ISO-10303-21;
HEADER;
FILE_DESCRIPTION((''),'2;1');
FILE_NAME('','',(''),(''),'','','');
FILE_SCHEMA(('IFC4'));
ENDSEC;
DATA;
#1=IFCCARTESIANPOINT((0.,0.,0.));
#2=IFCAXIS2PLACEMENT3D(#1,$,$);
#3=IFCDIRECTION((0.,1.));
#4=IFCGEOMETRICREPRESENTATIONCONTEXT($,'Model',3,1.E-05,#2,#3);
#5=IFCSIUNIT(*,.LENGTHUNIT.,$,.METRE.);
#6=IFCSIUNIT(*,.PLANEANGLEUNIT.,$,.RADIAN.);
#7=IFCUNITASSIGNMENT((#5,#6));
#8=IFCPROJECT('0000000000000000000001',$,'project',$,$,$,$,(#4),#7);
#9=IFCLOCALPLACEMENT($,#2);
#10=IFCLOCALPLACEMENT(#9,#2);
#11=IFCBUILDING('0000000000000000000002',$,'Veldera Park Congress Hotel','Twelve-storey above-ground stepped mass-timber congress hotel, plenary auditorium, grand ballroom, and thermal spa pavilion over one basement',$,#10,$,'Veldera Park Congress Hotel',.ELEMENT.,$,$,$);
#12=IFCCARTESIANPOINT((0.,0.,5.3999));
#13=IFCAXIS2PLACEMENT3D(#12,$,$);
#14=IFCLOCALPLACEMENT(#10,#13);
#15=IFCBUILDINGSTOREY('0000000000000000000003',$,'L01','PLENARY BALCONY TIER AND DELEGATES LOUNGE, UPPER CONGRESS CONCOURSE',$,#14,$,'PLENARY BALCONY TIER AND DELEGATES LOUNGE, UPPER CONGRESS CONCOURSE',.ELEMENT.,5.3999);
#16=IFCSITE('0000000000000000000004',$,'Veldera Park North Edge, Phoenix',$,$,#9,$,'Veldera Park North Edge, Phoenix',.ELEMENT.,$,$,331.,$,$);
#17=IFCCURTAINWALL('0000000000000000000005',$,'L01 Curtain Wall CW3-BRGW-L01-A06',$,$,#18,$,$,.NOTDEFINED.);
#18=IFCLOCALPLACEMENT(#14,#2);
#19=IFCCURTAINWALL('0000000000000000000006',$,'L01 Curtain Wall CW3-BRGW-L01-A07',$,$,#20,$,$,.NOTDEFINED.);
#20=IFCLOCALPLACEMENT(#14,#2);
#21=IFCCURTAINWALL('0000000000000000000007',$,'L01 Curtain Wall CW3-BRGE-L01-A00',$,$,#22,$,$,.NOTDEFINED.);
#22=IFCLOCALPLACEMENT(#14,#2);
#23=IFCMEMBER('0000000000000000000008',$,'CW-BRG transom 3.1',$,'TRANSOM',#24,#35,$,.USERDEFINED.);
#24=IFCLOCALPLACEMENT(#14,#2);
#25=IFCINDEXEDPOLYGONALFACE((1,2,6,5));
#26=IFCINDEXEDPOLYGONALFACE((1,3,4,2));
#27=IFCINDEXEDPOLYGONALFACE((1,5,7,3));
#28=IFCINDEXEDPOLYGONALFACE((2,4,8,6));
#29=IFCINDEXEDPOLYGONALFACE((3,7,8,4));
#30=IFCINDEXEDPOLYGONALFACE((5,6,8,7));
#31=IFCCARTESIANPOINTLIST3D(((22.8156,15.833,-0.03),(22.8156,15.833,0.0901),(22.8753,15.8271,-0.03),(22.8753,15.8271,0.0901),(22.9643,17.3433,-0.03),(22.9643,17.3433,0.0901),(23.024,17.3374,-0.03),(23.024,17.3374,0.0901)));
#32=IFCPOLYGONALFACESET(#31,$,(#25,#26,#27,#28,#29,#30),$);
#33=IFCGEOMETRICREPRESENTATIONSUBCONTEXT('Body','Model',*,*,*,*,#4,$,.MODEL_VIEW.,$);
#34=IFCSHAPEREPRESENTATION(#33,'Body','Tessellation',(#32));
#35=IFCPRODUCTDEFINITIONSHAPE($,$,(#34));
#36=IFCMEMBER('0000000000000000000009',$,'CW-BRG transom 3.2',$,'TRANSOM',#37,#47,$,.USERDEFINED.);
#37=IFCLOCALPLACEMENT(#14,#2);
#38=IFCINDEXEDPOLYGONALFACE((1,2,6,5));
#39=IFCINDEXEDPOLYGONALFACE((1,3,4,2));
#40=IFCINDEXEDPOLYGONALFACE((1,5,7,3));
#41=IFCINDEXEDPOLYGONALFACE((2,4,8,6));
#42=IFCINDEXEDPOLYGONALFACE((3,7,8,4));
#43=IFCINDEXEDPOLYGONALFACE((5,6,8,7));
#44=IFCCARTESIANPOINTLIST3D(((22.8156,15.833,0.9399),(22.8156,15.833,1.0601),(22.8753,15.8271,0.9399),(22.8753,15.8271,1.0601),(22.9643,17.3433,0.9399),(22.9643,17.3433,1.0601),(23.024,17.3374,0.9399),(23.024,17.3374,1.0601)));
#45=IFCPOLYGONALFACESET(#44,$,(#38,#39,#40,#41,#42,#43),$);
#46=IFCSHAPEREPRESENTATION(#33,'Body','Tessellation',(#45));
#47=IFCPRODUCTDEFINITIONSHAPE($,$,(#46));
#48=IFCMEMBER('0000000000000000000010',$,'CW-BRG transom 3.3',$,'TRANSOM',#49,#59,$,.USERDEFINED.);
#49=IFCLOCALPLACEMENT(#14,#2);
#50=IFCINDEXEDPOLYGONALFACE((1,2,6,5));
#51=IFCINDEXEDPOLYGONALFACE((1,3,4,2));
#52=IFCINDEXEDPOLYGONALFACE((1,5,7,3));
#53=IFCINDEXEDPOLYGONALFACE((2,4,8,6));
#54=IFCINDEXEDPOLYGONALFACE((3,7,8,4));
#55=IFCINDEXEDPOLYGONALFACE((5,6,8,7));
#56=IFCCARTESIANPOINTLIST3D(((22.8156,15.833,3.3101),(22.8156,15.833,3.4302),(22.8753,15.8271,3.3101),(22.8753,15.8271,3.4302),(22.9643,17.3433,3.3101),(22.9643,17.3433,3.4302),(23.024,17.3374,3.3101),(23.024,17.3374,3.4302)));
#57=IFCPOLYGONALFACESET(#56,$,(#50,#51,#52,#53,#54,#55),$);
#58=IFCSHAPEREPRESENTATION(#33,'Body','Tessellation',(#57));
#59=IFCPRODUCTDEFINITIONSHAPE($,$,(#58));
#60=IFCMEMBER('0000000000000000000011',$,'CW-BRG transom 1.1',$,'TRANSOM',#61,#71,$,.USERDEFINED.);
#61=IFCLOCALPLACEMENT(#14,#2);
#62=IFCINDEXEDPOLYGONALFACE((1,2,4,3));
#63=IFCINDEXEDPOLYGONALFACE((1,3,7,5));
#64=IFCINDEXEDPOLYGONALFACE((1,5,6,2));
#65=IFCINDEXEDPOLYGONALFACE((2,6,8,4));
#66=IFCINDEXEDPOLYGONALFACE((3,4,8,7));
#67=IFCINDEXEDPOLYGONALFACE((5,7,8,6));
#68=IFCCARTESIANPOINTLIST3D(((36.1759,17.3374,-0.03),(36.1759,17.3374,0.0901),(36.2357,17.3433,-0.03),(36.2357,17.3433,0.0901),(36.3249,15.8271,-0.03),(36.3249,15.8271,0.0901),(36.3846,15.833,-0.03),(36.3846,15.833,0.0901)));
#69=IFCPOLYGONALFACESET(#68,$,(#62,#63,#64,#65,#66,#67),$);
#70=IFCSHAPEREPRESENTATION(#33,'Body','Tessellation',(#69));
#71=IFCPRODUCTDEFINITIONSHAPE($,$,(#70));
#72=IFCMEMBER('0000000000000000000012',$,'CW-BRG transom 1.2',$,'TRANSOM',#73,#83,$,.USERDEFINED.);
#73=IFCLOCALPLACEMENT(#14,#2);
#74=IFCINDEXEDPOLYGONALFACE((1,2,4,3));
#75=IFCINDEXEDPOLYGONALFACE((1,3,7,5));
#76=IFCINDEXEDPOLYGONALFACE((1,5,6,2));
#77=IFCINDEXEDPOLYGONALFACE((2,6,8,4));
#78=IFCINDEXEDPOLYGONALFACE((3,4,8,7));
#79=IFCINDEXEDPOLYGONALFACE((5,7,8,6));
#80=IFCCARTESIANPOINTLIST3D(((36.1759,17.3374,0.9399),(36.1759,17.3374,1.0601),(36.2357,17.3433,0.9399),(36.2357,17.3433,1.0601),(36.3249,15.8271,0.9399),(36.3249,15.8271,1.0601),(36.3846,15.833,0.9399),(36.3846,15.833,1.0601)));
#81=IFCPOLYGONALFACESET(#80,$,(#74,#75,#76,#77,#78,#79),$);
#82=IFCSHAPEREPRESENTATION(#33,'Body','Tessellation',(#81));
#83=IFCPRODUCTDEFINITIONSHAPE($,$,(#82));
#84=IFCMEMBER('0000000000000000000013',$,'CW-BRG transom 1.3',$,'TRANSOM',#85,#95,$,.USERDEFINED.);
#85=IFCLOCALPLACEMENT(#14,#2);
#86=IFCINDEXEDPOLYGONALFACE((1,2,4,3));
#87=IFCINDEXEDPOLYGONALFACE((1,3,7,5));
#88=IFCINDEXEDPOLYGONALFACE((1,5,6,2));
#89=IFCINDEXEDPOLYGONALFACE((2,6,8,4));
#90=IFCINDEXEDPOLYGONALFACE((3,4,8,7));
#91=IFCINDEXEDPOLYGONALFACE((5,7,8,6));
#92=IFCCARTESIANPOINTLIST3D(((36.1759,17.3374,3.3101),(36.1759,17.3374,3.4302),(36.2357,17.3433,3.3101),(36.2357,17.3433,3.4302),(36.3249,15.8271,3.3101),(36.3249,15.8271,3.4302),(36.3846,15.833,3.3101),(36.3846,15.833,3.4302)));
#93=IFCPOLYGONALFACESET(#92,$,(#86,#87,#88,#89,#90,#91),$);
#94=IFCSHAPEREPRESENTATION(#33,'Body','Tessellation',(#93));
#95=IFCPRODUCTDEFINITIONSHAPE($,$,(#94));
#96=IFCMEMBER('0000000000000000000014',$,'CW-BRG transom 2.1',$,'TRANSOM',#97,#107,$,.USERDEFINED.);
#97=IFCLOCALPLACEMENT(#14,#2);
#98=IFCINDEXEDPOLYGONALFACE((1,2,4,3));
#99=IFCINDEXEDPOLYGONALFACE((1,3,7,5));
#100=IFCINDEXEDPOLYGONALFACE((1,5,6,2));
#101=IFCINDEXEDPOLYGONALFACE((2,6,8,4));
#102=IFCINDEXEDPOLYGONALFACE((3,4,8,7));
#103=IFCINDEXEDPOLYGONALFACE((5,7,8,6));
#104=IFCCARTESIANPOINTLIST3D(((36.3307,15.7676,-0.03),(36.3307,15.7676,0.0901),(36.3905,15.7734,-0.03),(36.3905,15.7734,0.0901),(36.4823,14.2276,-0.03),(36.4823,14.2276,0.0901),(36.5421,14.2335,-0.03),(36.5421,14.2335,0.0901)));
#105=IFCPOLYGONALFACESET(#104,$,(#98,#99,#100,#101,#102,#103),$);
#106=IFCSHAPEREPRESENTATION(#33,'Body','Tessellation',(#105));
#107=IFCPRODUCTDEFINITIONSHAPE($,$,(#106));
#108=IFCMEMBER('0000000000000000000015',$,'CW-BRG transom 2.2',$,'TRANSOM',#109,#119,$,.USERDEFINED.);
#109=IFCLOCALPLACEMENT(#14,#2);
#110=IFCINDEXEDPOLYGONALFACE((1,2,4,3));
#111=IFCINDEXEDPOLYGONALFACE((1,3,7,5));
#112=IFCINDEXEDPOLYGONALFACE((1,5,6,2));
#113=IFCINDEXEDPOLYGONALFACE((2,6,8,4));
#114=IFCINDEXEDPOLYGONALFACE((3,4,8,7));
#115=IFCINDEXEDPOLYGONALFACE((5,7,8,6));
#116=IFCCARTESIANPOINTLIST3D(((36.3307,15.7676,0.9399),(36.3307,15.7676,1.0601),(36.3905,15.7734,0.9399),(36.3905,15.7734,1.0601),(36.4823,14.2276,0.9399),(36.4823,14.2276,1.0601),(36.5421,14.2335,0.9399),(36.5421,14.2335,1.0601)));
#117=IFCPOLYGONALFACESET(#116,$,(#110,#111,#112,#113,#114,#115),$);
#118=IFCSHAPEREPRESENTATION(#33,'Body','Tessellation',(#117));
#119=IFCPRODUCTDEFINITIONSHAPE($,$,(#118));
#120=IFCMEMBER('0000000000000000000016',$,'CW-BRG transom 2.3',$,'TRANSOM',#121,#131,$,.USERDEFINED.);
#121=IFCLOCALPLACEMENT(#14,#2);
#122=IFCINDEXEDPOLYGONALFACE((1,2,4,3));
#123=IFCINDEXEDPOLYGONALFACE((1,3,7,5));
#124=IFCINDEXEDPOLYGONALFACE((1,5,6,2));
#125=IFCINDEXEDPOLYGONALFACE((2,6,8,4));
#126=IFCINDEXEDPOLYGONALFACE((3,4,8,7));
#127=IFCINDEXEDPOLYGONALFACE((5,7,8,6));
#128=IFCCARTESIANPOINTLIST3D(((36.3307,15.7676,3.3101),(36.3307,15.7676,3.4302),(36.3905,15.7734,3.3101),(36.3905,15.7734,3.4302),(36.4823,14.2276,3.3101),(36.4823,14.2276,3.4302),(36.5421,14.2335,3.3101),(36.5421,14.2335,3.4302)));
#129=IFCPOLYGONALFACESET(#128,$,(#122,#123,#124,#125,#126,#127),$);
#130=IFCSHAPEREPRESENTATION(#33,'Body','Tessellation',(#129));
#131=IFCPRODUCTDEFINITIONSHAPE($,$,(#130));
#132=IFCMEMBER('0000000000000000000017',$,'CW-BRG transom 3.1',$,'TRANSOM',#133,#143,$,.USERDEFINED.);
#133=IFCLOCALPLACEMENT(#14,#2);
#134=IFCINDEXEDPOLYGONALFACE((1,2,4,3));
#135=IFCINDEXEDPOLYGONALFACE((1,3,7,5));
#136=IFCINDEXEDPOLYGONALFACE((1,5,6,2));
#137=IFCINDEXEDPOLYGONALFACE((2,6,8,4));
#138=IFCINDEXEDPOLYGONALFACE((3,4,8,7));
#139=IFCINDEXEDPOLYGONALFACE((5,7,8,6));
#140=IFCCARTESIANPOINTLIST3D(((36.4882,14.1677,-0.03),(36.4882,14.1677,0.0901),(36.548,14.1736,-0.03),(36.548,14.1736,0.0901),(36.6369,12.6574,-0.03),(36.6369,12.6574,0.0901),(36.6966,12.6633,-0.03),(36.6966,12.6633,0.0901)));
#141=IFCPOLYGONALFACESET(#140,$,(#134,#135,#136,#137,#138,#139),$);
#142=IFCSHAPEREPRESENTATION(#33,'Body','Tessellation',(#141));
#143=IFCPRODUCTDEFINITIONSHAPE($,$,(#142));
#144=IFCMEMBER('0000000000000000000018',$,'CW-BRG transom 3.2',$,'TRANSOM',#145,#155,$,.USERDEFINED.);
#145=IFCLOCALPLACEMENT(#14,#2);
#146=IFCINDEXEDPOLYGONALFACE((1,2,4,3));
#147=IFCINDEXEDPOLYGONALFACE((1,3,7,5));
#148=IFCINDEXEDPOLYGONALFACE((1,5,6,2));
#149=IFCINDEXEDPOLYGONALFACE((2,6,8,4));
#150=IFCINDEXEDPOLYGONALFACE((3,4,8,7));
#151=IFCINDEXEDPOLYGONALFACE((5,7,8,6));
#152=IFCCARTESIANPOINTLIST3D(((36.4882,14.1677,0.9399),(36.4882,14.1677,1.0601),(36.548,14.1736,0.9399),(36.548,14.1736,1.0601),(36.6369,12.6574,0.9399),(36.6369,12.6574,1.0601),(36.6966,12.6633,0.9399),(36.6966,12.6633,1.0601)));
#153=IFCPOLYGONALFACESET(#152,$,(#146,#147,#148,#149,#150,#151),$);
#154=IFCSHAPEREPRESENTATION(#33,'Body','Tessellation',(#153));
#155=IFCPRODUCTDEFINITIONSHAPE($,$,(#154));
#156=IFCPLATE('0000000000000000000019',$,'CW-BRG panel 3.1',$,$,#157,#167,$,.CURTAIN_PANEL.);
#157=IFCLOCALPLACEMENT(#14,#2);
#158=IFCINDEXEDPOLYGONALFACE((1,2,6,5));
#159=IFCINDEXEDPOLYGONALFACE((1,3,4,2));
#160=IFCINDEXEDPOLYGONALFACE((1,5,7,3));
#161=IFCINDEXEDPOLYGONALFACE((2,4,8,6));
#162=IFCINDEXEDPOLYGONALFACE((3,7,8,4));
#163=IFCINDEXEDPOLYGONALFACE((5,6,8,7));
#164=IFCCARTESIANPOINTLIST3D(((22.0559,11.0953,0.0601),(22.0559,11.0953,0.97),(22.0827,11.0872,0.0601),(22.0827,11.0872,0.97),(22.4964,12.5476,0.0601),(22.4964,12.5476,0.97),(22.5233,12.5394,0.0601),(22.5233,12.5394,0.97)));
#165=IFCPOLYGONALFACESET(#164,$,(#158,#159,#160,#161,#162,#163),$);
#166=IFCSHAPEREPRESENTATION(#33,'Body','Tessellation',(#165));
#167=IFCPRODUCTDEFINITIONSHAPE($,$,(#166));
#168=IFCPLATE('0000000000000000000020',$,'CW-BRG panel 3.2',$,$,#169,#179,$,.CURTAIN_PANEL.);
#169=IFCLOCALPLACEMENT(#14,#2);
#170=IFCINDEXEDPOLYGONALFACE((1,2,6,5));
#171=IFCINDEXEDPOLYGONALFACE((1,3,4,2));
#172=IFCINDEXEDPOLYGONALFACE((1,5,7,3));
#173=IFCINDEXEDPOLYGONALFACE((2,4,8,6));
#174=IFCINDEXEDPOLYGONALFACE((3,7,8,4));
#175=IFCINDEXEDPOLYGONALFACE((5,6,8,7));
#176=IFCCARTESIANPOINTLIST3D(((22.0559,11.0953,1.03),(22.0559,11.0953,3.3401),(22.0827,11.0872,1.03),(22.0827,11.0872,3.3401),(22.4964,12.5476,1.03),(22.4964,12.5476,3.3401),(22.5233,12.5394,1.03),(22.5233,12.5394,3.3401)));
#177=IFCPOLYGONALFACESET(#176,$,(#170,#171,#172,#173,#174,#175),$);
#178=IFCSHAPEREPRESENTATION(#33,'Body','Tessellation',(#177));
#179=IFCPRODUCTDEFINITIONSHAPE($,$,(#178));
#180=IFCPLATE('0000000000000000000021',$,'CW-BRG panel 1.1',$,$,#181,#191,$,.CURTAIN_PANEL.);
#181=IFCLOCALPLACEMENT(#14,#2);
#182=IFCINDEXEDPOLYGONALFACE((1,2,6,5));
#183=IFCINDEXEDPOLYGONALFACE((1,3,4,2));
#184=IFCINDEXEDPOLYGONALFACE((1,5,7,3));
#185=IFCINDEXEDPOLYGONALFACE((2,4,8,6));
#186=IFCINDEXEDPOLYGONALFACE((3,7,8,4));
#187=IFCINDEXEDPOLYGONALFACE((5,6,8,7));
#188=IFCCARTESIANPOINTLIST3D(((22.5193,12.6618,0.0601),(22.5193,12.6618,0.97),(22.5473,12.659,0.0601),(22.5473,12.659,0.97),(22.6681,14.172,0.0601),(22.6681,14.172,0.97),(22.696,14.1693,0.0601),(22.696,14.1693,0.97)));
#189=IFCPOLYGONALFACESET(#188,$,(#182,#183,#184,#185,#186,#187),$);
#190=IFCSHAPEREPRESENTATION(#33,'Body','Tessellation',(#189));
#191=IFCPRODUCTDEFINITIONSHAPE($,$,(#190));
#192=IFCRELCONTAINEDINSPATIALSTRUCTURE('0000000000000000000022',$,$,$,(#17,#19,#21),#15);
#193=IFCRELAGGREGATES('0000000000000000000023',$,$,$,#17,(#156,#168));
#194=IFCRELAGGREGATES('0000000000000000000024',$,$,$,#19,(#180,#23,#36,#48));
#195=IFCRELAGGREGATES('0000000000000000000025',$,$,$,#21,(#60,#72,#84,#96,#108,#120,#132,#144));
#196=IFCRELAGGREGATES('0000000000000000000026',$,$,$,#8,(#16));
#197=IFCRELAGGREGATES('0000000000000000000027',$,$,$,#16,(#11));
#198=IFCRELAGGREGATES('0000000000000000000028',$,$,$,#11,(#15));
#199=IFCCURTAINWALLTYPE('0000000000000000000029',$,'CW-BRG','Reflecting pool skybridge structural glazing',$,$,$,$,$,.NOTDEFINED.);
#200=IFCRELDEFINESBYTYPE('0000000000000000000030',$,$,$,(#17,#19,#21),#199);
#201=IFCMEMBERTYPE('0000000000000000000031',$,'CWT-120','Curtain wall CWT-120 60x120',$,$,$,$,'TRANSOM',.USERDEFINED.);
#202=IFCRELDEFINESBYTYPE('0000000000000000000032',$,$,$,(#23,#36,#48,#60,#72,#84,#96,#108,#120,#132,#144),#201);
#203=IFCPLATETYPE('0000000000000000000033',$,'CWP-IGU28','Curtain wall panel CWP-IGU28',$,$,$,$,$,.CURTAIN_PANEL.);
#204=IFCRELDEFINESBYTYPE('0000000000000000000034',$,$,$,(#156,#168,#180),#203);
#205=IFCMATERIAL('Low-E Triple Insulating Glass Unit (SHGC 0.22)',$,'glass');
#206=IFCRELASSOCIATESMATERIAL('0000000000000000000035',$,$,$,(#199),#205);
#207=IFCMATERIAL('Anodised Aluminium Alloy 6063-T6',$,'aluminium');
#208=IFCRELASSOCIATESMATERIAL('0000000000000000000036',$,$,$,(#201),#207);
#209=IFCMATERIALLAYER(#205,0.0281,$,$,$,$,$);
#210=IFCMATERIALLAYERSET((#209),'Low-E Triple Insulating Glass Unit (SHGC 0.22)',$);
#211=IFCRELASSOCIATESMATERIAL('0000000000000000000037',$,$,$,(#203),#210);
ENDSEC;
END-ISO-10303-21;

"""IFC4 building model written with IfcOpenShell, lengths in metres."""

from ifc_helpers import new_model, si_unit, direction, frame, origin, origin_2d, place, context, subcontext, project, spatial, rectangle, extrude, material, layer, layer_set, material_profile, profile_set, type_object, element, aggregate, save


model = new_model("IFC4")

# Units and contexts
model_context = context("Model", 3, precision=1e-05, world=origin(), true_north=direction((0.0, 1.0)))
body_context = subcontext(model_context, "Body", "Model", "MODEL_VIEW")
ifc_project = project(units=[si_unit("LENGTHUNIT", "METRE"), si_unit("PLANEANGLEUNIT", "RADIAN")], contexts=[model_context])

# Site, building, storey
site_placement = place(None, origin())
site = spatial("IfcSite", under=ifc_project, at=site_placement, Name="Veldera Park North Edge, Phoenix", LongName="Veldera Park North Edge, Phoenix", CompositionType="ELEMENT", RefElevation=331.0)
building_placement = place(site_placement, origin())
building = spatial("IfcBuilding", under=site, at=building_placement, Name="Veldera Park Congress Hotel", Description="Twelve-storey above-ground stepped mass-timber congress hotel, plenary auditorium, grand ballroom, and thermal spa pavilion over one basement", LongName="Veldera Park Congress Hotel", CompositionType="ELEMENT")
storey_placement = place(building_placement, frame((0.0, 0.0, 5.3999)))
storey = spatial("IfcBuildingStorey", under=building, at=storey_placement, Name="L01", Description="PLENARY BALCONY TIER AND DELEGATES LOUNGE, UPPER CONGRESS CONCOURSE", LongName="PLENARY BALCONY TIER AND DELEGATES LOUNGE, UPPER CONGRESS CONCOURSE", CompositionType="ELEMENT", Elevation=5.3999)

# Curtain wall
ifc_material_1 = material(Name="Low-E Triple Insulating Glass Unit (SHGC 0.22)", Category="glass")
curtain_wall_type = type_object("IfcCurtainWallType", Name="CW-BRG", Description="Reflecting pool skybridge structural glazing", PredefinedType="NOTDEFINED", material=ifc_material_1)
curtain_wall_1_placement = place(storey_placement, origin())
curtain_wall_1 = element("IfcCurtainWall", 1, at=curtain_wall_1_placement, inside=storey, type_object=curtain_wall_type, Name="L01 Curtain Wall CW3-BRGW-L01-A06", PredefinedType="NOTDEFINED")
ifc_material_2 = material(Name="Anodised Aluminium Alloy 6063-T6", Category="aluminium")

# Curtain walls
curtain_wall_2_placement = place(storey_placement, origin())
curtain_wall_2 = element("IfcCurtainWall", 2, at=curtain_wall_2_placement, inside=storey, type_object=curtain_wall_type, Name="L01 Curtain Wall CW3-BRGW-L01-A07", PredefinedType="NOTDEFINED")
curtain_wall_3_placement = place(storey_placement, origin())
curtain_wall_3 = element("IfcCurtainWall", 3, at=curtain_wall_3_placement, inside=storey, type_object=curtain_wall_type, Name="L01 Curtain Wall CW3-BRGE-L01-A00", PredefinedType="NOTDEFINED")

# Members
ifc_material_profile_1 = material_profile(ifc_material_2, rectangle(XDim=0.0601, YDim=0.1201, at=origin_2d()), Name="ALU 60x120")
ifc_profile_set_1 = profile_set([ifc_material_profile_1], Name="Anodised Aluminium Alloy 6063-T6")
member_type_1 = type_object("IfcMemberType", Name="CWT-120", Description="Curtain wall CWT-120 60x120", ElementType="TRANSOM", PredefinedType="USERDEFINED", material=ifc_profile_set_1)
member_1_placement = place(storey_placement, frame((22.8455, 15.8301, 0.03), z_axis=(0.097974, 0.995189, 0.0), x_axis=(-0.995189, 0.097974, 0.0)))
member_1 = element("IfcMember", 4, at=member_1_placement, type_object=member_type_1, Name="CW-BRG transom 3.1", ObjectType="TRANSOM", PredefinedType="USERDEFINED", context=body_context, shape_type="SweptSolid", body=[
    extrude(rectangle(XDim=0.0601, YDim=0.1201, at=origin_2d()), origin(), (0.0, 0.0, 1.0), 1.5176),
])
member_2_placement = place(storey_placement, frame((22.8455, 15.8301, 1.0), z_axis=(0.097974, 0.995189, 0.0), x_axis=(-0.995189, 0.097974, 0.0)))
member_2 = element("IfcMember", 5, at=member_2_placement, type_object=member_type_1, Name="CW-BRG transom 3.2", ObjectType="TRANSOM", PredefinedType="USERDEFINED", context=body_context, shape_type="SweptSolid", body=[
    extrude(rectangle(XDim=0.0601, YDim=0.1201, at=origin_2d()), origin(), (0.0, 0.0, 1.0), 1.5176),
])
member_3_placement = place(storey_placement, frame((22.8455, 15.8301, 3.3701), z_axis=(0.097974, 0.995189, 0.0), x_axis=(-0.995189, 0.097974, 0.0)))
member_3 = element("IfcMember", 6, at=member_3_placement, type_object=member_type_1, Name="CW-BRG transom 3.3", ObjectType="TRANSOM", PredefinedType="USERDEFINED", context=body_context, shape_type="SweptSolid", body=[
    extrude(rectangle(XDim=0.0601, YDim=0.1201, at=origin_2d()), origin(), (0.0, 0.0, 1.0), 1.5176),
])
member_4_placement = place(storey_placement, frame((36.2058, 17.3403, 0.03), z_axis=(0.098134, -0.995173, 0.0), x_axis=(0.995173, 0.098134, 0.0)))
member_4 = element("IfcMember", 7, at=member_4_placement, type_object=member_type_1, Name="CW-BRG transom 1.1", ObjectType="TRANSOM", PredefinedType="USERDEFINED", context=body_context, shape_type="SweptSolid", body=[
    extrude(rectangle(XDim=0.0601, YDim=0.1201, at=origin_2d()), origin(), (0.0, 0.0, 1.0), 1.5176),
])
member_5_placement = place(storey_placement, frame((36.2058, 17.3403, 1.0), z_axis=(0.098134, -0.995173, 0.0), x_axis=(0.995173, 0.098134, 0.0)))
member_5 = element("IfcMember", 8, at=member_5_placement, type_object=member_type_1, Name="CW-BRG transom 1.2", ObjectType="TRANSOM", PredefinedType="USERDEFINED", context=body_context, shape_type="SweptSolid", body=[
    extrude(rectangle(XDim=0.0601, YDim=0.1201, at=origin_2d()), origin(), (0.0, 0.0, 1.0), 1.5176),
])
member_6_placement = place(storey_placement, frame((36.2058, 17.3403, 3.3701), z_axis=(0.098134, -0.995173, 0.0), x_axis=(0.995173, 0.098134, 0.0)))
member_6 = element("IfcMember", 9, at=member_6_placement, type_object=member_type_1, Name="CW-BRG transom 1.3", ObjectType="TRANSOM", PredefinedType="USERDEFINED", context=body_context, shape_type="SweptSolid", body=[
    extrude(rectangle(XDim=0.0601, YDim=0.1201, at=origin_2d()), origin(), (0.0, 0.0, 1.0), 1.5176),
])
member_7_placement = place(storey_placement, frame((36.3606, 15.7705, 0.03), z_axis=(0.097973, -0.995189, 0.0), x_axis=(0.995189, 0.097973, 0.0)))
member_7 = element("IfcMember", 10, at=member_7_placement, type_object=member_type_1, Name="CW-BRG transom 2.1", ObjectType="TRANSOM", PredefinedType="USERDEFINED", context=body_context, shape_type="SweptSolid", body=[
    extrude(rectangle(XDim=0.0601, YDim=0.1201, at=origin_2d()), origin(), (0.0, 0.0, 1.0), 1.5474),
])
member_8_placement = place(storey_placement, frame((36.3606, 15.7705, 1.0), z_axis=(0.097973, -0.995189, 0.0), x_axis=(0.995189, 0.097973, 0.0)))
member_8 = element("IfcMember", 11, at=member_8_placement, type_object=member_type_1, Name="CW-BRG transom 2.2", ObjectType="TRANSOM", PredefinedType="USERDEFINED", context=body_context, shape_type="SweptSolid", body=[
    extrude(rectangle(XDim=0.0601, YDim=0.1201, at=origin_2d()), origin(), (0.0, 0.0, 1.0), 1.5474),
])
member_9_placement = place(storey_placement, frame((36.3606, 15.7705, 3.3701), z_axis=(0.097973, -0.995189, 0.0), x_axis=(0.995189, 0.097973, 0.0)))
member_9 = element("IfcMember", 12, at=member_9_placement, type_object=member_type_1, Name="CW-BRG transom 2.3", ObjectType="TRANSOM", PredefinedType="USERDEFINED", context=body_context, shape_type="SweptSolid", body=[
    extrude(rectangle(XDim=0.0601, YDim=0.1201, at=origin_2d()), origin(), (0.0, 0.0, 1.0), 1.5474),
])
member_10_placement = place(storey_placement, frame((36.5181, 14.1707, 0.03), z_axis=(0.097974, -0.995189, 0.0), x_axis=(0.995189, 0.097974, 0.0)))
member_10 = element("IfcMember", 13, at=member_10_placement, type_object=member_type_1, Name="CW-BRG transom 3.1", ObjectType="TRANSOM", PredefinedType="USERDEFINED", context=body_context, shape_type="SweptSolid", body=[
    extrude(rectangle(XDim=0.0601, YDim=0.1201, at=origin_2d()), origin(), (0.0, 0.0, 1.0), 1.5176),
])
member_11_placement = place(storey_placement, frame((36.5181, 14.1707, 1.0), z_axis=(0.097974, -0.995189, 0.0), x_axis=(0.995189, 0.097974, 0.0)))
member_11 = element("IfcMember", 14, at=member_11_placement, type_object=member_type_1, Name="CW-BRG transom 3.2", ObjectType="TRANSOM", PredefinedType="USERDEFINED", context=body_context, shape_type="SweptSolid", body=[
    extrude(rectangle(XDim=0.0601, YDim=0.1201, at=origin_2d()), origin(), (0.0, 0.0, 1.0), 1.5176),
])

# Plates
ifc_layer = layer(ifc_material_1, 0.0281)
ifc_layer_set = layer_set([ifc_layer], Name="Low-E Triple Insulating Glass Unit (SHGC 0.22)")
plate_type = type_object("IfcPlateType", Name="CWP-IGU28", Description="Curtain wall panel CWP-IGU28", PredefinedType="CURTAIN_PANEL", material=ifc_layer_set)
plate_1_placement = place(storey_placement, frame((22.2896, 11.8174, 0.0601), z_axis=(0.0, 0.0, 1.0), x_axis=(0.290288, 0.956939, 0.0)))
plate_1 = element("IfcPlate", 15, at=plate_1_placement, type_object=plate_type, Name="CW-BRG panel 3.1", PredefinedType="CURTAIN_PANEL", context=body_context, shape_type="SweptSolid", body=[
    extrude(rectangle(XDim=1.5176, YDim=0.0281, at=origin_2d()), origin(), (0.0, 0.0, 1.0), 0.9099),
])
plate_2_placement = place(storey_placement, frame((22.2896, 11.8174, 1.03), z_axis=(0.0, 0.0, 1.0), x_axis=(0.290288, 0.956939, 0.0)))
plate_2 = element("IfcPlate", 16, at=plate_2_placement, type_object=plate_type, Name="CW-BRG panel 3.2", PredefinedType="CURTAIN_PANEL", context=body_context, shape_type="SweptSolid", body=[
    extrude(rectangle(XDim=1.5176, YDim=0.0281, at=origin_2d()), origin(), (0.0, 0.0, 1.0), 2.3101),
])
aggregate(curtain_wall_1, [plate_1, plate_2])
plate_3_placement = place(storey_placement, frame((22.6077, 13.4155, 0.0601), z_axis=(0.0, 0.0, 1.0), x_axis=(0.098021, 0.995184, 0.0)))
plate_3 = element("IfcPlate", 17, at=plate_3_placement, type_object=plate_type, Name="CW-BRG panel 1.1", PredefinedType="CURTAIN_PANEL", context=body_context, shape_type="SweptSolid", body=[
    extrude(rectangle(XDim=1.5176, YDim=0.0281, at=origin_2d()), origin(), (0.0, 0.0, 1.0), 0.9099),
])
aggregate(curtain_wall_2, [plate_3, member_1, member_2, member_3])
aggregate(curtain_wall_3, [member_4, member_5, member_6, member_7, member_8, member_9, member_10, member_11])

save(model, "model.ifc")
